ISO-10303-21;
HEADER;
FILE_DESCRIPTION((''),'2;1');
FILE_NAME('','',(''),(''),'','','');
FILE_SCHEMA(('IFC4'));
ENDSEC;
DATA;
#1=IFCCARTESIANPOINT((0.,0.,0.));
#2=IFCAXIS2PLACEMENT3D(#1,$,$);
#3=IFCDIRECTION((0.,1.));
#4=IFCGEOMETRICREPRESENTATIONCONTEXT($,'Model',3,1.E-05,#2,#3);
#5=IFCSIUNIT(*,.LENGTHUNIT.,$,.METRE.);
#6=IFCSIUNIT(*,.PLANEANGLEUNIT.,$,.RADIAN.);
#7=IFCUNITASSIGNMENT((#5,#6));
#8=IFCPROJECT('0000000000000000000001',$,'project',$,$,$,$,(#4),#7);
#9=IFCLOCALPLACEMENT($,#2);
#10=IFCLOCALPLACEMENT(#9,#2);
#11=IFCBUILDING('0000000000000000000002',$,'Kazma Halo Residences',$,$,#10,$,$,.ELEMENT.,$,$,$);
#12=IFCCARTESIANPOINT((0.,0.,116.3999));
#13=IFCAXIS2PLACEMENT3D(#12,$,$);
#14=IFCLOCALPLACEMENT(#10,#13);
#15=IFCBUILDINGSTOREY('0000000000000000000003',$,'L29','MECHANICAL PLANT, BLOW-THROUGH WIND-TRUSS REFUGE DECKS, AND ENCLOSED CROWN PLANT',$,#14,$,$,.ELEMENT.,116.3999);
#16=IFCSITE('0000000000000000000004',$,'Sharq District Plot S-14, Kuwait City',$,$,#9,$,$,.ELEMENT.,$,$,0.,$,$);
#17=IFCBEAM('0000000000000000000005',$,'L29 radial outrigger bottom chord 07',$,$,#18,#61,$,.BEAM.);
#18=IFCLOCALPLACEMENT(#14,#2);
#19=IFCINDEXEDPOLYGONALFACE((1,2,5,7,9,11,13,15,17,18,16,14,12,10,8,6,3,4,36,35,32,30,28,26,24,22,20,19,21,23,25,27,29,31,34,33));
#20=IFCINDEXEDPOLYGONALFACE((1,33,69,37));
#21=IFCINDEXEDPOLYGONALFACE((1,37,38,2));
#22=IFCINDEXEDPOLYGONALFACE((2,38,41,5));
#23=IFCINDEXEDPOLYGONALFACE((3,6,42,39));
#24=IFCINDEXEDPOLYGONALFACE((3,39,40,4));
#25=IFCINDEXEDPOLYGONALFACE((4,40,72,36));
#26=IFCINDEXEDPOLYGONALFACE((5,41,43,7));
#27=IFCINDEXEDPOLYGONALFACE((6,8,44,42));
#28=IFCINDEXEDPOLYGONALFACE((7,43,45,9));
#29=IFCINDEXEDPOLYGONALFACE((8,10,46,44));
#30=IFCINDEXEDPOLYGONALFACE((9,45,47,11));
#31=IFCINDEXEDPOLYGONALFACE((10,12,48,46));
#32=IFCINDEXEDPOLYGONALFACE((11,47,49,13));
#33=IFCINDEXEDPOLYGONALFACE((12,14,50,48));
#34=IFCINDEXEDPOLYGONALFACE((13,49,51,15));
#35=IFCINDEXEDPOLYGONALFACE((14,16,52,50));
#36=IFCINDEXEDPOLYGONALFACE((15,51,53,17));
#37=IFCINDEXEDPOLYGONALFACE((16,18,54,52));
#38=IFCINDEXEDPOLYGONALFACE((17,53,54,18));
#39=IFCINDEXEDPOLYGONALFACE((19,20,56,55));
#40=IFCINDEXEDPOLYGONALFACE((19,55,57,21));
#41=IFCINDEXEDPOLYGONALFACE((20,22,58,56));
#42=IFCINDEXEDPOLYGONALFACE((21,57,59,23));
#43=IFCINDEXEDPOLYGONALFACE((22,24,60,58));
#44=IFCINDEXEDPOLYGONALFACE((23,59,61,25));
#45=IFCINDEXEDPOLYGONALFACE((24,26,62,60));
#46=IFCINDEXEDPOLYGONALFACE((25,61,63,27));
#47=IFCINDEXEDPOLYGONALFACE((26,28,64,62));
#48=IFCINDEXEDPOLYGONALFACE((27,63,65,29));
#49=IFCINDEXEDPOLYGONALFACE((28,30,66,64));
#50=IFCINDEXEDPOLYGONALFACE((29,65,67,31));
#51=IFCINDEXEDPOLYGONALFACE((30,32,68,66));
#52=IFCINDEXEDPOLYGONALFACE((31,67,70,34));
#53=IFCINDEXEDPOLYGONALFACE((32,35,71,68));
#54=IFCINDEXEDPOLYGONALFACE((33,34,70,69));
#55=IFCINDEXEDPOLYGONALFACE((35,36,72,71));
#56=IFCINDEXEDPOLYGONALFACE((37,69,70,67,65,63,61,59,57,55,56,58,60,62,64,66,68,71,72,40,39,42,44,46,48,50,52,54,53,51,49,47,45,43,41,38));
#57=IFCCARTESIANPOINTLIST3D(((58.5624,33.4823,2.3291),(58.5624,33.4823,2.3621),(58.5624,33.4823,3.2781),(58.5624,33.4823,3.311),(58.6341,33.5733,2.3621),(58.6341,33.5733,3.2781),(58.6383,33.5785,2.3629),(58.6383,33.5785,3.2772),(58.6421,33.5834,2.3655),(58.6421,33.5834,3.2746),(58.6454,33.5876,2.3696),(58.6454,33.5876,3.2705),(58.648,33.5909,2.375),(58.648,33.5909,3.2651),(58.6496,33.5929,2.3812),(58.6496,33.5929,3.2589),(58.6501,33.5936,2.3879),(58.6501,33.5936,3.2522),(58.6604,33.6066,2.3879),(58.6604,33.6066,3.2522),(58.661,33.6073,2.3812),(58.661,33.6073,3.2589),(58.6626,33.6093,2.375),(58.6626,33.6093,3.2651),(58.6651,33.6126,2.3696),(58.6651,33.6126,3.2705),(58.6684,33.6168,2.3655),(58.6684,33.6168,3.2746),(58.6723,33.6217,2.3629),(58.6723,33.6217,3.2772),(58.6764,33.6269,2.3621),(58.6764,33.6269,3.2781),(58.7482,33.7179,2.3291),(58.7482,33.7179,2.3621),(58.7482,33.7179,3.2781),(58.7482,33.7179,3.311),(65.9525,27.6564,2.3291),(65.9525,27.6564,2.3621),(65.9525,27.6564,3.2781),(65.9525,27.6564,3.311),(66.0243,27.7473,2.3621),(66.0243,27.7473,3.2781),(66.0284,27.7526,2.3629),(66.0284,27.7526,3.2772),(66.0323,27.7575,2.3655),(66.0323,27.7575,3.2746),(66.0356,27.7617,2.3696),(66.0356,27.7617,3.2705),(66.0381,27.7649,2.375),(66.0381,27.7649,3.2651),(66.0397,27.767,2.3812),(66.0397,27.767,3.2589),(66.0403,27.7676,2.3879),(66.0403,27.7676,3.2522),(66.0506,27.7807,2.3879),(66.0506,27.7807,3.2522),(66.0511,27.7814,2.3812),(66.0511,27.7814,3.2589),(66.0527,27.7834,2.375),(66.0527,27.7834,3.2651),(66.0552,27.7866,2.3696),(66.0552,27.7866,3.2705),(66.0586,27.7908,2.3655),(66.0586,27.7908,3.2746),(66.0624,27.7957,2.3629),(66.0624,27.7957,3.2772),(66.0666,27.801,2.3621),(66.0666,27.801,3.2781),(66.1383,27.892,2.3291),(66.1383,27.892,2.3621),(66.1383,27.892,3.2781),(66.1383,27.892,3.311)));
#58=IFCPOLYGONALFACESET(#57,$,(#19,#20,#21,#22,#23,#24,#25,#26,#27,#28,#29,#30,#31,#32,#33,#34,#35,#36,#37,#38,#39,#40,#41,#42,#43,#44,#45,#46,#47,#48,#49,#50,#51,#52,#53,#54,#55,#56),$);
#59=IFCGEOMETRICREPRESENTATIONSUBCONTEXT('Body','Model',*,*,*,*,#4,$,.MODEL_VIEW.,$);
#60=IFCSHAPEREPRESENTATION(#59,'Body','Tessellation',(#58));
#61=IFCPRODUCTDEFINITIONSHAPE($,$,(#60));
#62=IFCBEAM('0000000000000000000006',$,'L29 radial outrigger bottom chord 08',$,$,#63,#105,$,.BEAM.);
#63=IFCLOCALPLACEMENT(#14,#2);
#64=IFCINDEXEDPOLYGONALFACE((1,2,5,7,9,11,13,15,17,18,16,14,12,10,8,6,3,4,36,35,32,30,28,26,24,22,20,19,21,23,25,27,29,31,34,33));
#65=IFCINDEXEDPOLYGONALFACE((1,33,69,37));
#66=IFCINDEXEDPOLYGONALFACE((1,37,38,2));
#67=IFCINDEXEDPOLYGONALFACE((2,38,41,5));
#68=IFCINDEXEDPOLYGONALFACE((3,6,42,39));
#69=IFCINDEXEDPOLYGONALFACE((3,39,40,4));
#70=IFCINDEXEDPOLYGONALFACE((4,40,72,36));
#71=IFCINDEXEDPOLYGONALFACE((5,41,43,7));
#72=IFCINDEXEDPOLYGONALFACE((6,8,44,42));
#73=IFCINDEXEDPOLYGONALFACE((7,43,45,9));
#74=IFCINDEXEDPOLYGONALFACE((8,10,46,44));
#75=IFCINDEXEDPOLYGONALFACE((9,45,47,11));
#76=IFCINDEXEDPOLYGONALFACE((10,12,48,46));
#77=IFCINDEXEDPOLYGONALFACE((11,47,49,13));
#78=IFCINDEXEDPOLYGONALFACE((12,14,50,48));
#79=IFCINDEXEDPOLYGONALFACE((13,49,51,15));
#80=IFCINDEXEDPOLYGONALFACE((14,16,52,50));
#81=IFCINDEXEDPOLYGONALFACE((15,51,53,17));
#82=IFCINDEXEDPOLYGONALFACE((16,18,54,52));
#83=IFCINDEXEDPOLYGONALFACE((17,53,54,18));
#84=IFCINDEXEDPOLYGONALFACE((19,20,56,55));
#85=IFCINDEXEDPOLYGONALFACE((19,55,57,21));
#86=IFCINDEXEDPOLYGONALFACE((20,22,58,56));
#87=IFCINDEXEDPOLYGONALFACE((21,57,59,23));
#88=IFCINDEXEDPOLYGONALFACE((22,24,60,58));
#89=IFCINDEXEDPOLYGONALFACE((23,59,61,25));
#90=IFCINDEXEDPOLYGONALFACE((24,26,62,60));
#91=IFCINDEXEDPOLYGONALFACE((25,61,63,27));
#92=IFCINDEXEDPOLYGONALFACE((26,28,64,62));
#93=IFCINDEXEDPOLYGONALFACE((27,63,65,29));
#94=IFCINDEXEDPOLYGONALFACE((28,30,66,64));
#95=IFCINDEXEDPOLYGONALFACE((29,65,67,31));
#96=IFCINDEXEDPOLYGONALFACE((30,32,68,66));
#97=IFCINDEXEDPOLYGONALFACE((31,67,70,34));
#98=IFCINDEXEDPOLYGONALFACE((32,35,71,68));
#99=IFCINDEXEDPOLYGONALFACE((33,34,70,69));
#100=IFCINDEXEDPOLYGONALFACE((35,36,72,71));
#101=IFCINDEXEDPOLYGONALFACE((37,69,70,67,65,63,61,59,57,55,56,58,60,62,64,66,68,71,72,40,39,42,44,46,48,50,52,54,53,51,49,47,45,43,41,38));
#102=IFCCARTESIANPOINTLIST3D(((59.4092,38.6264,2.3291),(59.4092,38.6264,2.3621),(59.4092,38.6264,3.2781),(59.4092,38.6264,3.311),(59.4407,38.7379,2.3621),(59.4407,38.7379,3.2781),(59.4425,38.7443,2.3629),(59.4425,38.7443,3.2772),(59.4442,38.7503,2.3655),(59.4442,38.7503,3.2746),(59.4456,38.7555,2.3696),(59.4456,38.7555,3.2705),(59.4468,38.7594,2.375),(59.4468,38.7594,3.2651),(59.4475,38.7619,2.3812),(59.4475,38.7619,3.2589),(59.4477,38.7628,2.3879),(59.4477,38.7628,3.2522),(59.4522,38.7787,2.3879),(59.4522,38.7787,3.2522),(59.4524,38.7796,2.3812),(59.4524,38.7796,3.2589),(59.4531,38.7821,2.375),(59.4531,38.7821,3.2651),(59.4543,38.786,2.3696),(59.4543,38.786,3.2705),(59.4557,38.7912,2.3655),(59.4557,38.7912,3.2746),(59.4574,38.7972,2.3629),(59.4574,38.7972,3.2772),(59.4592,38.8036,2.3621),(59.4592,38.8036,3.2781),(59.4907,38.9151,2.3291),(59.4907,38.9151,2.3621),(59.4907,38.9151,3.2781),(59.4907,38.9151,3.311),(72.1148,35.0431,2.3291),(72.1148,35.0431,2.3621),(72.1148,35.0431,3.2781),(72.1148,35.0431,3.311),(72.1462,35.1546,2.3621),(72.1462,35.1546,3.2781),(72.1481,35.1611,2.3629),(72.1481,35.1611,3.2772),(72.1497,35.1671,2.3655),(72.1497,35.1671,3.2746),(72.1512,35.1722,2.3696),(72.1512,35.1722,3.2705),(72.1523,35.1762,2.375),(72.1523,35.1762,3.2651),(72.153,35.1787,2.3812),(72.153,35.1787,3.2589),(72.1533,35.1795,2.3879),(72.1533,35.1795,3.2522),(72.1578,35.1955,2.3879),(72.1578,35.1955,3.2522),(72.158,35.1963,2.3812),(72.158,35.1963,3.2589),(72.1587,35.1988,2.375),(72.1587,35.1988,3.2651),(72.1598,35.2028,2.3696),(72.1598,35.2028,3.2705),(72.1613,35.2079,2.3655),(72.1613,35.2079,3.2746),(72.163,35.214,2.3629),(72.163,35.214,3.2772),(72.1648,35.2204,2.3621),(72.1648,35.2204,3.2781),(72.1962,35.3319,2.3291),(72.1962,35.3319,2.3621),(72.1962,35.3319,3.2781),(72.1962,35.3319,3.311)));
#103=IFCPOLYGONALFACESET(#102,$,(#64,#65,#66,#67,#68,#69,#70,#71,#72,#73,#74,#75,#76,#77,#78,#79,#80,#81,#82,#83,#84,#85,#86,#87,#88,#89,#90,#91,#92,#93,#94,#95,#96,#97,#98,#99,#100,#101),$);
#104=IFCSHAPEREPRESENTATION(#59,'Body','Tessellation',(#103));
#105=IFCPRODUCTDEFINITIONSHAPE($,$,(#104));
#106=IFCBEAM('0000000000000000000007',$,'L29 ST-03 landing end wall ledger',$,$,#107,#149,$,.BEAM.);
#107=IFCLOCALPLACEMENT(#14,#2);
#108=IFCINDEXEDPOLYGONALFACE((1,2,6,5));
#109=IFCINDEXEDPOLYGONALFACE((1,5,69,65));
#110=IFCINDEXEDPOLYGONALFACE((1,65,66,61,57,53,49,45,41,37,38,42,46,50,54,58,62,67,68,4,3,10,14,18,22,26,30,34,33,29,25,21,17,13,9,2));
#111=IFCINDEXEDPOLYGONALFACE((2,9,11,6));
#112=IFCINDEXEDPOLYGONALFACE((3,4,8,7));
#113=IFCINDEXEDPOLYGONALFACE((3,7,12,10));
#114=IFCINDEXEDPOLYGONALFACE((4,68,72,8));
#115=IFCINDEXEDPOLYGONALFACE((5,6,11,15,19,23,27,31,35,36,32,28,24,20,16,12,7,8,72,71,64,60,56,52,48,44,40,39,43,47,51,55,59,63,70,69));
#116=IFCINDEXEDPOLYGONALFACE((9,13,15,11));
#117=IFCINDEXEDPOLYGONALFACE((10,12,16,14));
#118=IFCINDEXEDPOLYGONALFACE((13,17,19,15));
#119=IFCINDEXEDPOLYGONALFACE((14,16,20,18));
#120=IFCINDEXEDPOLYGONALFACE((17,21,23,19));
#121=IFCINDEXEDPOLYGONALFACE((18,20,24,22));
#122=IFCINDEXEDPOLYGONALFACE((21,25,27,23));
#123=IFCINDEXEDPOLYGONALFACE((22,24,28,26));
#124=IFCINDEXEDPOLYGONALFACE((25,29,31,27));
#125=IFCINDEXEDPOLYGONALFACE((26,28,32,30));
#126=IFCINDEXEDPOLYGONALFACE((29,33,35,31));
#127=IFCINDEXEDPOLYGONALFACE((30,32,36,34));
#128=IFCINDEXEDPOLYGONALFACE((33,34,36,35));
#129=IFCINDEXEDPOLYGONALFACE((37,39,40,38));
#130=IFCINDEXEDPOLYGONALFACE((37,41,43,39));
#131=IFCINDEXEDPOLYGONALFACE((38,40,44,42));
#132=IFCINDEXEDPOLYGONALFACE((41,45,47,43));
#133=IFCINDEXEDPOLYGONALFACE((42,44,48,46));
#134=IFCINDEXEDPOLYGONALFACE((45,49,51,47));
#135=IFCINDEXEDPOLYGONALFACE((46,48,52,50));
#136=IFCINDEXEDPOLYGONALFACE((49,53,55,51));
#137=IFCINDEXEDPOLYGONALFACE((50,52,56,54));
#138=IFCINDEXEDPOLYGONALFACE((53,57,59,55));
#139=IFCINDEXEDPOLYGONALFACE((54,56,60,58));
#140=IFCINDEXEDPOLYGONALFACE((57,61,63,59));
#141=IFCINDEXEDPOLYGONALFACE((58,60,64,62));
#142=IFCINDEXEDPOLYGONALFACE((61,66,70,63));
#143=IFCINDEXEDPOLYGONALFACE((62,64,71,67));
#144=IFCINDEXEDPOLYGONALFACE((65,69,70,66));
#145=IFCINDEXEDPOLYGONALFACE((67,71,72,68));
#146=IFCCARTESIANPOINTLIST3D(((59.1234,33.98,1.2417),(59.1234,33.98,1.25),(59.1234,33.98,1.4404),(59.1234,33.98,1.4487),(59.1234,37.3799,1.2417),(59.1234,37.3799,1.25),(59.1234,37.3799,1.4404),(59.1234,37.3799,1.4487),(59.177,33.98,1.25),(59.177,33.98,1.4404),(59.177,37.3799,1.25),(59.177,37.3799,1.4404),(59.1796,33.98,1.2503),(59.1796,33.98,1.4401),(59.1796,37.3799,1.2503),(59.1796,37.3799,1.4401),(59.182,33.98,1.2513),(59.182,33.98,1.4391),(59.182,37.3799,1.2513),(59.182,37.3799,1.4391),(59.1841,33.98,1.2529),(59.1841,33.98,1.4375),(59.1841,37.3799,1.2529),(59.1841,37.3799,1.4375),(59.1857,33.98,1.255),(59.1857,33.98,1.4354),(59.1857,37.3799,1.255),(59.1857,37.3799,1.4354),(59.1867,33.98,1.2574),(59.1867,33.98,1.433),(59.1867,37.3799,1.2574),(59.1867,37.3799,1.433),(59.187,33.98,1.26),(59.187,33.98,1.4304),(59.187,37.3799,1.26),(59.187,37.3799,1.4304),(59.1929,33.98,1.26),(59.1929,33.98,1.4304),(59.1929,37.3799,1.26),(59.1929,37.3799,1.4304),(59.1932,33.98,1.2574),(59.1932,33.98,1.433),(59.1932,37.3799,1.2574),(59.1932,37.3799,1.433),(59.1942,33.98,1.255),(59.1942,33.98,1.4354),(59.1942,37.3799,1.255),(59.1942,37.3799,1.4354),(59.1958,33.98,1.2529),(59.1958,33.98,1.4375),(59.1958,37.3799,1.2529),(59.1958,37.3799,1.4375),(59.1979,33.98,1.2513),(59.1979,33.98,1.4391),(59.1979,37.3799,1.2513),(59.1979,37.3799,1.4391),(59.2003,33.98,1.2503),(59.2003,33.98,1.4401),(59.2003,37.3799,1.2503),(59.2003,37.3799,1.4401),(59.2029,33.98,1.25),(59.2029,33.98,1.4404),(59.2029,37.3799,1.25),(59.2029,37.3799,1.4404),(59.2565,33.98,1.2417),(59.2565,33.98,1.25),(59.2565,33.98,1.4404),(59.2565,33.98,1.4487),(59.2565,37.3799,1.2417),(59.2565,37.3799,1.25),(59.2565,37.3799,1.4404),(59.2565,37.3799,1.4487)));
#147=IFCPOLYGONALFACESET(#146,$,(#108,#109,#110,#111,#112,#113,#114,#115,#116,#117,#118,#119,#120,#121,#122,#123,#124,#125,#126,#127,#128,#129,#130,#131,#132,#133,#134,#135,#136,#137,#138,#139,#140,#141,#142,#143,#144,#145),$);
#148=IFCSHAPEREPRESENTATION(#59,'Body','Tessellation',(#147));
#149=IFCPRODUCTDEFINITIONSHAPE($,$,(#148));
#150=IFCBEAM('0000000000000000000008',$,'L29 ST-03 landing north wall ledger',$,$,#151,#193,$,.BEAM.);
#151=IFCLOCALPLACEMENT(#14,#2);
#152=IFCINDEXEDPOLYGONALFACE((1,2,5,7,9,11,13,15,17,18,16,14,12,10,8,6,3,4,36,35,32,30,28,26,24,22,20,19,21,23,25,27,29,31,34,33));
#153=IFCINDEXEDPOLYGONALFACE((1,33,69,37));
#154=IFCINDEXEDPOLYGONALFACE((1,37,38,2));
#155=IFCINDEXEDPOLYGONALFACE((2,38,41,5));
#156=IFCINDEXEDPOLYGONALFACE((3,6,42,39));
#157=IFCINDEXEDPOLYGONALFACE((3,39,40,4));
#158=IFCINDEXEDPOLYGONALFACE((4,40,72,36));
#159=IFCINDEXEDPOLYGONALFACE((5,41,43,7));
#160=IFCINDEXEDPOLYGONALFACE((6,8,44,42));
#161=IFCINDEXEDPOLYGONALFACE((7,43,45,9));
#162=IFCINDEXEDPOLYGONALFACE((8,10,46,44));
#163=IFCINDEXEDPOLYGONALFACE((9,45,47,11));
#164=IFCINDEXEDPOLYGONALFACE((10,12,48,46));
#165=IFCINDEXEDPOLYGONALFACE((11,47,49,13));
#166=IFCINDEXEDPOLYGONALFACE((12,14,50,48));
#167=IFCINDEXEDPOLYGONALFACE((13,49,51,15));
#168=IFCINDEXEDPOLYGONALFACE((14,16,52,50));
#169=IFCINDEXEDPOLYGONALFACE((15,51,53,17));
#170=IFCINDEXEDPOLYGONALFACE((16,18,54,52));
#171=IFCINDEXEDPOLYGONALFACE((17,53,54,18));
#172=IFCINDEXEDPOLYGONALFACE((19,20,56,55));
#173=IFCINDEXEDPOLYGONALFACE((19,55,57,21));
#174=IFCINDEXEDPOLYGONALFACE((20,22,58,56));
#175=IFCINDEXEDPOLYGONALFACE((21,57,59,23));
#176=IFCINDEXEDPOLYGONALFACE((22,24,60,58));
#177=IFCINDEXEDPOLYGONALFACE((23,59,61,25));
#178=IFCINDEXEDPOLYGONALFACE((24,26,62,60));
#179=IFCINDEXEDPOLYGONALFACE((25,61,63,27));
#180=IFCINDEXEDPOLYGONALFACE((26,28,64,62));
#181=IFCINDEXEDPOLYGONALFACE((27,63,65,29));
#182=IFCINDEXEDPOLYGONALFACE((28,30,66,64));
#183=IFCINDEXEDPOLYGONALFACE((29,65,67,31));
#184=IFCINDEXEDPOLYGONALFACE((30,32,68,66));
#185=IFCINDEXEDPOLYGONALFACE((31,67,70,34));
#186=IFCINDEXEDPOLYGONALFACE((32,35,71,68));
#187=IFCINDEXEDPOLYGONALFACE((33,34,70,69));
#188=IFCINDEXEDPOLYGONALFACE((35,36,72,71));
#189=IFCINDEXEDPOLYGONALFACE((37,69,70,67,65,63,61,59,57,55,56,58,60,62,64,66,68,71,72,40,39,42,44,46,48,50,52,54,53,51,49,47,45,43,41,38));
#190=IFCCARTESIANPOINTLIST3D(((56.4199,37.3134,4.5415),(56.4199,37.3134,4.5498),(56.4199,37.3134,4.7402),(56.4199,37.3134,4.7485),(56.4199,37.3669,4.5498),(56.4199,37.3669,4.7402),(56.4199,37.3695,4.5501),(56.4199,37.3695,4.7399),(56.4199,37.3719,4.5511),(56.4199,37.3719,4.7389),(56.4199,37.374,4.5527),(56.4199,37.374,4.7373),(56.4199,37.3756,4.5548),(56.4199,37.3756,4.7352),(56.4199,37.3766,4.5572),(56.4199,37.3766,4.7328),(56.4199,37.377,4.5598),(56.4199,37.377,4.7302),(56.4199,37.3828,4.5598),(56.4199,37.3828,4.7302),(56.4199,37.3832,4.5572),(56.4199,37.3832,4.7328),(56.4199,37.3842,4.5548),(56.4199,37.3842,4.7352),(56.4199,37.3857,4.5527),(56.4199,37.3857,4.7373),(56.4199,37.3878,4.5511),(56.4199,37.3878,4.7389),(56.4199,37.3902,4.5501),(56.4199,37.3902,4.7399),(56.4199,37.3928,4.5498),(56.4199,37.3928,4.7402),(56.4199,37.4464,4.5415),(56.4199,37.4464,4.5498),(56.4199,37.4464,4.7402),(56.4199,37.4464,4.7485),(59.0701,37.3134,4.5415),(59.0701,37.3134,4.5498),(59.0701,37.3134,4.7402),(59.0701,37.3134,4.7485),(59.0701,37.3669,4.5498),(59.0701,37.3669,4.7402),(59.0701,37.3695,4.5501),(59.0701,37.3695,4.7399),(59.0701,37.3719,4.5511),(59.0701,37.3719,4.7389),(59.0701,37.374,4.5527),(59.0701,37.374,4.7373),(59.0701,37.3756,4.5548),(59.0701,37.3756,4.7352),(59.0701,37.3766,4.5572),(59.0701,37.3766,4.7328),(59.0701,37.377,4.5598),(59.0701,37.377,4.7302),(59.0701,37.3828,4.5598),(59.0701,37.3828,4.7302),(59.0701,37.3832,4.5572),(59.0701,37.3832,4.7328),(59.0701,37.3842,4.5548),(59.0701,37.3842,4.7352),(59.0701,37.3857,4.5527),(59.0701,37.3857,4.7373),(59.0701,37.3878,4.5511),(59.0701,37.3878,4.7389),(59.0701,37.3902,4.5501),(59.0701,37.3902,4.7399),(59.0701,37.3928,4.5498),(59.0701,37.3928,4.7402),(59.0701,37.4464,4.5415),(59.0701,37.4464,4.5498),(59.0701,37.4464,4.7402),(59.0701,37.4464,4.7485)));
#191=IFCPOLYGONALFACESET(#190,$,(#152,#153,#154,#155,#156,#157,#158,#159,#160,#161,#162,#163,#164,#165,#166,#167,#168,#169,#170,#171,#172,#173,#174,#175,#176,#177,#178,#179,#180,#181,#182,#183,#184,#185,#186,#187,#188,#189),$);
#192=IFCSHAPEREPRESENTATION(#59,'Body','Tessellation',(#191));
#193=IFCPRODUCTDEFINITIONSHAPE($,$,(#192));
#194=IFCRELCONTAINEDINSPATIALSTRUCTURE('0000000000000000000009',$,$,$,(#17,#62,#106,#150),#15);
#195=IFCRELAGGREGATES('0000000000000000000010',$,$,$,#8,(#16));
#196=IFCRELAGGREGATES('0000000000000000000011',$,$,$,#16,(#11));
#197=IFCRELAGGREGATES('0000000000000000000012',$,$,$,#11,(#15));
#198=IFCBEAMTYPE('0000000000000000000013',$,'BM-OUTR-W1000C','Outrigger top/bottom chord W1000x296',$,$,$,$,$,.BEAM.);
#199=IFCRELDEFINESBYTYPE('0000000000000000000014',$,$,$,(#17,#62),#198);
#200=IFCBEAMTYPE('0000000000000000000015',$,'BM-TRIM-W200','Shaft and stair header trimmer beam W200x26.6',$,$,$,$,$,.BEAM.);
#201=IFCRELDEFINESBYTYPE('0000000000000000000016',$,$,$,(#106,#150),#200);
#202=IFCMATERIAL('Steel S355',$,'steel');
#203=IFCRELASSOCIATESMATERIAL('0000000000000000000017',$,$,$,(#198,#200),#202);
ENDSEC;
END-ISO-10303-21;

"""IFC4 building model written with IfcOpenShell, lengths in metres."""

from ifc_helpers import new_model, si_unit, direction, frame, origin, origin_2d, place, context, subcontext, project, spatial, i_section, extrude, material, material_profile, profile_set, type_object, element, save


model = new_model("IFC4")

# Units and contexts
model_context = context("Model", 3, precision=1e-05, world=origin(), true_north=direction((0.0, 1.0)))
body_context = subcontext(model_context, "Body", "Model", "MODEL_VIEW")
ifc_project = project(units=[si_unit("LENGTHUNIT", "METRE"), si_unit("PLANEANGLEUNIT", "RADIAN")], contexts=[model_context])

# Site, building, storey
site_placement = place(None, origin())
site = spatial("IfcSite", under=ifc_project, at=site_placement, Name="Sharq District Plot S-14, Kuwait City", CompositionType="ELEMENT", RefElevation=0.0)
building_placement = place(site_placement, origin())
building = spatial("IfcBuilding", under=site, at=building_placement, Name="Kazma Halo Residences", CompositionType="ELEMENT")
storey_placement = place(building_placement, frame((0.0, 0.0, 116.3999)))
storey = spatial("IfcBuildingStorey", under=building, at=storey_placement, Name="L29", Description="MECHANICAL PLANT, BLOW-THROUGH WIND-TRUSS REFUGE DECKS, AND ENCLOSED CROWN PLANT", CompositionType="ELEMENT", Elevation=116.3999)

# Beams
ifc_material_1 = material(Name="Steel S355", Category="steel")
ifc_material_profile_1 = material_profile(ifc_material_1, i_section(OverallWidth=0.3, OverallDepth=0.9819, WebThickness=0.0166, FlangeThickness=0.033, FilletRadius=0.0259, at=origin_2d()), Name="W1000x296")
ifc_profile_set_1 = profile_set([ifc_material_profile_1], Name="Steel S355")
beam_type_1 = type_object("IfcBeamType", Name="BM-OUTR-W1000C", Description="Outrigger top/bottom chord W1000x296", PredefinedType="BEAM", material=ifc_profile_set_1)
beam_1_placement = place(storey_placement, frame((58.6553, 33.6001, 2.8201), z_axis=(0.785316, -0.619095, 0.0), x_axis=(0.619095, 0.785316, 0.0)))
element("IfcBeam", 1, at=beam_1_placement, inside=storey, type_object=beam_type_1, Name="L29 radial outrigger bottom chord 07", PredefinedType="BEAM", context=body_context, shape_type="SweptSolid", body=[
    extrude(i_section(OverallWidth=0.3, OverallDepth=0.9819, WebThickness=0.0166, FlangeThickness=0.033, FilletRadius=0.0259, at=origin_2d()), origin(), (0.0, 0.0, 1.0), 9.4104),
])
beam_2_placement = place(storey_placement, frame((59.45, 38.7708, 2.8201), z_axis=(0.962457, -0.271434, 0.0), x_axis=(0.271434, 0.962457, 0.0)))
element("IfcBeam", 2, at=beam_2_placement, inside=storey, type_object=beam_type_1, Name="L29 radial outrigger bottom chord 08", PredefinedType="BEAM", context=body_context, shape_type="SweptSolid", body=[
    extrude(i_section(OverallWidth=0.3, OverallDepth=0.9819, WebThickness=0.0166, FlangeThickness=0.033, FilletRadius=0.0259, at=origin_2d()), origin(), (0.0, 0.0, 1.0), 13.2012),
])
ifc_material_profile_2 = material_profile(ifc_material_1, i_section(OverallWidth=0.1331, OverallDepth=0.207, WebThickness=0.0059, FlangeThickness=0.0083, FilletRadius=0.01, at=origin_2d()), Name="W200x26.6")
ifc_profile_set_2 = profile_set([ifc_material_profile_2], Name="Steel S355")
beam_type_2 = type_object("IfcBeamType", Name="BM-TRIM-W200", Description="Shaft and stair header trimmer beam W200x26.6", PredefinedType="BEAM", material=ifc_profile_set_2)
beam_3_placement = place(storey_placement, frame((59.1899, 33.98, 1.3452), z_axis=(0.0, 1.0, 0.0), x_axis=(-1.0, 0.0, 0.0)))
element("IfcBeam", 3, at=beam_3_placement, inside=storey, type_object=beam_type_2, Name="L29 ST-03 landing end wall ledger", PredefinedType="BEAM", context=body_context, shape_type="SweptSolid", body=[
    extrude(i_section(OverallWidth=0.1331, OverallDepth=0.207, WebThickness=0.0059, FlangeThickness=0.0083, FilletRadius=0.01, at=origin_2d()), origin(), (0.0, 0.0, 1.0), 3.3999),
])
beam_4_placement = place(storey_placement, frame((56.4199, 37.3799, 4.645), z_axis=(1.0, 0.0, 0.0), x_axis=(0.0, 1.0, 0.0)))
element("IfcBeam", 4, at=beam_4_placement, inside=storey, type_object=beam_type_2, Name="L29 ST-03 landing north wall ledger", PredefinedType="BEAM", context=body_context, shape_type="SweptSolid", body=[
    extrude(i_section(OverallWidth=0.1331, OverallDepth=0.207, WebThickness=0.0059, FlangeThickness=0.0083, FilletRadius=0.01, at=origin_2d()), origin(), (0.0, 0.0, 1.0), 2.6501),
])

save(model, "model.ifc")
